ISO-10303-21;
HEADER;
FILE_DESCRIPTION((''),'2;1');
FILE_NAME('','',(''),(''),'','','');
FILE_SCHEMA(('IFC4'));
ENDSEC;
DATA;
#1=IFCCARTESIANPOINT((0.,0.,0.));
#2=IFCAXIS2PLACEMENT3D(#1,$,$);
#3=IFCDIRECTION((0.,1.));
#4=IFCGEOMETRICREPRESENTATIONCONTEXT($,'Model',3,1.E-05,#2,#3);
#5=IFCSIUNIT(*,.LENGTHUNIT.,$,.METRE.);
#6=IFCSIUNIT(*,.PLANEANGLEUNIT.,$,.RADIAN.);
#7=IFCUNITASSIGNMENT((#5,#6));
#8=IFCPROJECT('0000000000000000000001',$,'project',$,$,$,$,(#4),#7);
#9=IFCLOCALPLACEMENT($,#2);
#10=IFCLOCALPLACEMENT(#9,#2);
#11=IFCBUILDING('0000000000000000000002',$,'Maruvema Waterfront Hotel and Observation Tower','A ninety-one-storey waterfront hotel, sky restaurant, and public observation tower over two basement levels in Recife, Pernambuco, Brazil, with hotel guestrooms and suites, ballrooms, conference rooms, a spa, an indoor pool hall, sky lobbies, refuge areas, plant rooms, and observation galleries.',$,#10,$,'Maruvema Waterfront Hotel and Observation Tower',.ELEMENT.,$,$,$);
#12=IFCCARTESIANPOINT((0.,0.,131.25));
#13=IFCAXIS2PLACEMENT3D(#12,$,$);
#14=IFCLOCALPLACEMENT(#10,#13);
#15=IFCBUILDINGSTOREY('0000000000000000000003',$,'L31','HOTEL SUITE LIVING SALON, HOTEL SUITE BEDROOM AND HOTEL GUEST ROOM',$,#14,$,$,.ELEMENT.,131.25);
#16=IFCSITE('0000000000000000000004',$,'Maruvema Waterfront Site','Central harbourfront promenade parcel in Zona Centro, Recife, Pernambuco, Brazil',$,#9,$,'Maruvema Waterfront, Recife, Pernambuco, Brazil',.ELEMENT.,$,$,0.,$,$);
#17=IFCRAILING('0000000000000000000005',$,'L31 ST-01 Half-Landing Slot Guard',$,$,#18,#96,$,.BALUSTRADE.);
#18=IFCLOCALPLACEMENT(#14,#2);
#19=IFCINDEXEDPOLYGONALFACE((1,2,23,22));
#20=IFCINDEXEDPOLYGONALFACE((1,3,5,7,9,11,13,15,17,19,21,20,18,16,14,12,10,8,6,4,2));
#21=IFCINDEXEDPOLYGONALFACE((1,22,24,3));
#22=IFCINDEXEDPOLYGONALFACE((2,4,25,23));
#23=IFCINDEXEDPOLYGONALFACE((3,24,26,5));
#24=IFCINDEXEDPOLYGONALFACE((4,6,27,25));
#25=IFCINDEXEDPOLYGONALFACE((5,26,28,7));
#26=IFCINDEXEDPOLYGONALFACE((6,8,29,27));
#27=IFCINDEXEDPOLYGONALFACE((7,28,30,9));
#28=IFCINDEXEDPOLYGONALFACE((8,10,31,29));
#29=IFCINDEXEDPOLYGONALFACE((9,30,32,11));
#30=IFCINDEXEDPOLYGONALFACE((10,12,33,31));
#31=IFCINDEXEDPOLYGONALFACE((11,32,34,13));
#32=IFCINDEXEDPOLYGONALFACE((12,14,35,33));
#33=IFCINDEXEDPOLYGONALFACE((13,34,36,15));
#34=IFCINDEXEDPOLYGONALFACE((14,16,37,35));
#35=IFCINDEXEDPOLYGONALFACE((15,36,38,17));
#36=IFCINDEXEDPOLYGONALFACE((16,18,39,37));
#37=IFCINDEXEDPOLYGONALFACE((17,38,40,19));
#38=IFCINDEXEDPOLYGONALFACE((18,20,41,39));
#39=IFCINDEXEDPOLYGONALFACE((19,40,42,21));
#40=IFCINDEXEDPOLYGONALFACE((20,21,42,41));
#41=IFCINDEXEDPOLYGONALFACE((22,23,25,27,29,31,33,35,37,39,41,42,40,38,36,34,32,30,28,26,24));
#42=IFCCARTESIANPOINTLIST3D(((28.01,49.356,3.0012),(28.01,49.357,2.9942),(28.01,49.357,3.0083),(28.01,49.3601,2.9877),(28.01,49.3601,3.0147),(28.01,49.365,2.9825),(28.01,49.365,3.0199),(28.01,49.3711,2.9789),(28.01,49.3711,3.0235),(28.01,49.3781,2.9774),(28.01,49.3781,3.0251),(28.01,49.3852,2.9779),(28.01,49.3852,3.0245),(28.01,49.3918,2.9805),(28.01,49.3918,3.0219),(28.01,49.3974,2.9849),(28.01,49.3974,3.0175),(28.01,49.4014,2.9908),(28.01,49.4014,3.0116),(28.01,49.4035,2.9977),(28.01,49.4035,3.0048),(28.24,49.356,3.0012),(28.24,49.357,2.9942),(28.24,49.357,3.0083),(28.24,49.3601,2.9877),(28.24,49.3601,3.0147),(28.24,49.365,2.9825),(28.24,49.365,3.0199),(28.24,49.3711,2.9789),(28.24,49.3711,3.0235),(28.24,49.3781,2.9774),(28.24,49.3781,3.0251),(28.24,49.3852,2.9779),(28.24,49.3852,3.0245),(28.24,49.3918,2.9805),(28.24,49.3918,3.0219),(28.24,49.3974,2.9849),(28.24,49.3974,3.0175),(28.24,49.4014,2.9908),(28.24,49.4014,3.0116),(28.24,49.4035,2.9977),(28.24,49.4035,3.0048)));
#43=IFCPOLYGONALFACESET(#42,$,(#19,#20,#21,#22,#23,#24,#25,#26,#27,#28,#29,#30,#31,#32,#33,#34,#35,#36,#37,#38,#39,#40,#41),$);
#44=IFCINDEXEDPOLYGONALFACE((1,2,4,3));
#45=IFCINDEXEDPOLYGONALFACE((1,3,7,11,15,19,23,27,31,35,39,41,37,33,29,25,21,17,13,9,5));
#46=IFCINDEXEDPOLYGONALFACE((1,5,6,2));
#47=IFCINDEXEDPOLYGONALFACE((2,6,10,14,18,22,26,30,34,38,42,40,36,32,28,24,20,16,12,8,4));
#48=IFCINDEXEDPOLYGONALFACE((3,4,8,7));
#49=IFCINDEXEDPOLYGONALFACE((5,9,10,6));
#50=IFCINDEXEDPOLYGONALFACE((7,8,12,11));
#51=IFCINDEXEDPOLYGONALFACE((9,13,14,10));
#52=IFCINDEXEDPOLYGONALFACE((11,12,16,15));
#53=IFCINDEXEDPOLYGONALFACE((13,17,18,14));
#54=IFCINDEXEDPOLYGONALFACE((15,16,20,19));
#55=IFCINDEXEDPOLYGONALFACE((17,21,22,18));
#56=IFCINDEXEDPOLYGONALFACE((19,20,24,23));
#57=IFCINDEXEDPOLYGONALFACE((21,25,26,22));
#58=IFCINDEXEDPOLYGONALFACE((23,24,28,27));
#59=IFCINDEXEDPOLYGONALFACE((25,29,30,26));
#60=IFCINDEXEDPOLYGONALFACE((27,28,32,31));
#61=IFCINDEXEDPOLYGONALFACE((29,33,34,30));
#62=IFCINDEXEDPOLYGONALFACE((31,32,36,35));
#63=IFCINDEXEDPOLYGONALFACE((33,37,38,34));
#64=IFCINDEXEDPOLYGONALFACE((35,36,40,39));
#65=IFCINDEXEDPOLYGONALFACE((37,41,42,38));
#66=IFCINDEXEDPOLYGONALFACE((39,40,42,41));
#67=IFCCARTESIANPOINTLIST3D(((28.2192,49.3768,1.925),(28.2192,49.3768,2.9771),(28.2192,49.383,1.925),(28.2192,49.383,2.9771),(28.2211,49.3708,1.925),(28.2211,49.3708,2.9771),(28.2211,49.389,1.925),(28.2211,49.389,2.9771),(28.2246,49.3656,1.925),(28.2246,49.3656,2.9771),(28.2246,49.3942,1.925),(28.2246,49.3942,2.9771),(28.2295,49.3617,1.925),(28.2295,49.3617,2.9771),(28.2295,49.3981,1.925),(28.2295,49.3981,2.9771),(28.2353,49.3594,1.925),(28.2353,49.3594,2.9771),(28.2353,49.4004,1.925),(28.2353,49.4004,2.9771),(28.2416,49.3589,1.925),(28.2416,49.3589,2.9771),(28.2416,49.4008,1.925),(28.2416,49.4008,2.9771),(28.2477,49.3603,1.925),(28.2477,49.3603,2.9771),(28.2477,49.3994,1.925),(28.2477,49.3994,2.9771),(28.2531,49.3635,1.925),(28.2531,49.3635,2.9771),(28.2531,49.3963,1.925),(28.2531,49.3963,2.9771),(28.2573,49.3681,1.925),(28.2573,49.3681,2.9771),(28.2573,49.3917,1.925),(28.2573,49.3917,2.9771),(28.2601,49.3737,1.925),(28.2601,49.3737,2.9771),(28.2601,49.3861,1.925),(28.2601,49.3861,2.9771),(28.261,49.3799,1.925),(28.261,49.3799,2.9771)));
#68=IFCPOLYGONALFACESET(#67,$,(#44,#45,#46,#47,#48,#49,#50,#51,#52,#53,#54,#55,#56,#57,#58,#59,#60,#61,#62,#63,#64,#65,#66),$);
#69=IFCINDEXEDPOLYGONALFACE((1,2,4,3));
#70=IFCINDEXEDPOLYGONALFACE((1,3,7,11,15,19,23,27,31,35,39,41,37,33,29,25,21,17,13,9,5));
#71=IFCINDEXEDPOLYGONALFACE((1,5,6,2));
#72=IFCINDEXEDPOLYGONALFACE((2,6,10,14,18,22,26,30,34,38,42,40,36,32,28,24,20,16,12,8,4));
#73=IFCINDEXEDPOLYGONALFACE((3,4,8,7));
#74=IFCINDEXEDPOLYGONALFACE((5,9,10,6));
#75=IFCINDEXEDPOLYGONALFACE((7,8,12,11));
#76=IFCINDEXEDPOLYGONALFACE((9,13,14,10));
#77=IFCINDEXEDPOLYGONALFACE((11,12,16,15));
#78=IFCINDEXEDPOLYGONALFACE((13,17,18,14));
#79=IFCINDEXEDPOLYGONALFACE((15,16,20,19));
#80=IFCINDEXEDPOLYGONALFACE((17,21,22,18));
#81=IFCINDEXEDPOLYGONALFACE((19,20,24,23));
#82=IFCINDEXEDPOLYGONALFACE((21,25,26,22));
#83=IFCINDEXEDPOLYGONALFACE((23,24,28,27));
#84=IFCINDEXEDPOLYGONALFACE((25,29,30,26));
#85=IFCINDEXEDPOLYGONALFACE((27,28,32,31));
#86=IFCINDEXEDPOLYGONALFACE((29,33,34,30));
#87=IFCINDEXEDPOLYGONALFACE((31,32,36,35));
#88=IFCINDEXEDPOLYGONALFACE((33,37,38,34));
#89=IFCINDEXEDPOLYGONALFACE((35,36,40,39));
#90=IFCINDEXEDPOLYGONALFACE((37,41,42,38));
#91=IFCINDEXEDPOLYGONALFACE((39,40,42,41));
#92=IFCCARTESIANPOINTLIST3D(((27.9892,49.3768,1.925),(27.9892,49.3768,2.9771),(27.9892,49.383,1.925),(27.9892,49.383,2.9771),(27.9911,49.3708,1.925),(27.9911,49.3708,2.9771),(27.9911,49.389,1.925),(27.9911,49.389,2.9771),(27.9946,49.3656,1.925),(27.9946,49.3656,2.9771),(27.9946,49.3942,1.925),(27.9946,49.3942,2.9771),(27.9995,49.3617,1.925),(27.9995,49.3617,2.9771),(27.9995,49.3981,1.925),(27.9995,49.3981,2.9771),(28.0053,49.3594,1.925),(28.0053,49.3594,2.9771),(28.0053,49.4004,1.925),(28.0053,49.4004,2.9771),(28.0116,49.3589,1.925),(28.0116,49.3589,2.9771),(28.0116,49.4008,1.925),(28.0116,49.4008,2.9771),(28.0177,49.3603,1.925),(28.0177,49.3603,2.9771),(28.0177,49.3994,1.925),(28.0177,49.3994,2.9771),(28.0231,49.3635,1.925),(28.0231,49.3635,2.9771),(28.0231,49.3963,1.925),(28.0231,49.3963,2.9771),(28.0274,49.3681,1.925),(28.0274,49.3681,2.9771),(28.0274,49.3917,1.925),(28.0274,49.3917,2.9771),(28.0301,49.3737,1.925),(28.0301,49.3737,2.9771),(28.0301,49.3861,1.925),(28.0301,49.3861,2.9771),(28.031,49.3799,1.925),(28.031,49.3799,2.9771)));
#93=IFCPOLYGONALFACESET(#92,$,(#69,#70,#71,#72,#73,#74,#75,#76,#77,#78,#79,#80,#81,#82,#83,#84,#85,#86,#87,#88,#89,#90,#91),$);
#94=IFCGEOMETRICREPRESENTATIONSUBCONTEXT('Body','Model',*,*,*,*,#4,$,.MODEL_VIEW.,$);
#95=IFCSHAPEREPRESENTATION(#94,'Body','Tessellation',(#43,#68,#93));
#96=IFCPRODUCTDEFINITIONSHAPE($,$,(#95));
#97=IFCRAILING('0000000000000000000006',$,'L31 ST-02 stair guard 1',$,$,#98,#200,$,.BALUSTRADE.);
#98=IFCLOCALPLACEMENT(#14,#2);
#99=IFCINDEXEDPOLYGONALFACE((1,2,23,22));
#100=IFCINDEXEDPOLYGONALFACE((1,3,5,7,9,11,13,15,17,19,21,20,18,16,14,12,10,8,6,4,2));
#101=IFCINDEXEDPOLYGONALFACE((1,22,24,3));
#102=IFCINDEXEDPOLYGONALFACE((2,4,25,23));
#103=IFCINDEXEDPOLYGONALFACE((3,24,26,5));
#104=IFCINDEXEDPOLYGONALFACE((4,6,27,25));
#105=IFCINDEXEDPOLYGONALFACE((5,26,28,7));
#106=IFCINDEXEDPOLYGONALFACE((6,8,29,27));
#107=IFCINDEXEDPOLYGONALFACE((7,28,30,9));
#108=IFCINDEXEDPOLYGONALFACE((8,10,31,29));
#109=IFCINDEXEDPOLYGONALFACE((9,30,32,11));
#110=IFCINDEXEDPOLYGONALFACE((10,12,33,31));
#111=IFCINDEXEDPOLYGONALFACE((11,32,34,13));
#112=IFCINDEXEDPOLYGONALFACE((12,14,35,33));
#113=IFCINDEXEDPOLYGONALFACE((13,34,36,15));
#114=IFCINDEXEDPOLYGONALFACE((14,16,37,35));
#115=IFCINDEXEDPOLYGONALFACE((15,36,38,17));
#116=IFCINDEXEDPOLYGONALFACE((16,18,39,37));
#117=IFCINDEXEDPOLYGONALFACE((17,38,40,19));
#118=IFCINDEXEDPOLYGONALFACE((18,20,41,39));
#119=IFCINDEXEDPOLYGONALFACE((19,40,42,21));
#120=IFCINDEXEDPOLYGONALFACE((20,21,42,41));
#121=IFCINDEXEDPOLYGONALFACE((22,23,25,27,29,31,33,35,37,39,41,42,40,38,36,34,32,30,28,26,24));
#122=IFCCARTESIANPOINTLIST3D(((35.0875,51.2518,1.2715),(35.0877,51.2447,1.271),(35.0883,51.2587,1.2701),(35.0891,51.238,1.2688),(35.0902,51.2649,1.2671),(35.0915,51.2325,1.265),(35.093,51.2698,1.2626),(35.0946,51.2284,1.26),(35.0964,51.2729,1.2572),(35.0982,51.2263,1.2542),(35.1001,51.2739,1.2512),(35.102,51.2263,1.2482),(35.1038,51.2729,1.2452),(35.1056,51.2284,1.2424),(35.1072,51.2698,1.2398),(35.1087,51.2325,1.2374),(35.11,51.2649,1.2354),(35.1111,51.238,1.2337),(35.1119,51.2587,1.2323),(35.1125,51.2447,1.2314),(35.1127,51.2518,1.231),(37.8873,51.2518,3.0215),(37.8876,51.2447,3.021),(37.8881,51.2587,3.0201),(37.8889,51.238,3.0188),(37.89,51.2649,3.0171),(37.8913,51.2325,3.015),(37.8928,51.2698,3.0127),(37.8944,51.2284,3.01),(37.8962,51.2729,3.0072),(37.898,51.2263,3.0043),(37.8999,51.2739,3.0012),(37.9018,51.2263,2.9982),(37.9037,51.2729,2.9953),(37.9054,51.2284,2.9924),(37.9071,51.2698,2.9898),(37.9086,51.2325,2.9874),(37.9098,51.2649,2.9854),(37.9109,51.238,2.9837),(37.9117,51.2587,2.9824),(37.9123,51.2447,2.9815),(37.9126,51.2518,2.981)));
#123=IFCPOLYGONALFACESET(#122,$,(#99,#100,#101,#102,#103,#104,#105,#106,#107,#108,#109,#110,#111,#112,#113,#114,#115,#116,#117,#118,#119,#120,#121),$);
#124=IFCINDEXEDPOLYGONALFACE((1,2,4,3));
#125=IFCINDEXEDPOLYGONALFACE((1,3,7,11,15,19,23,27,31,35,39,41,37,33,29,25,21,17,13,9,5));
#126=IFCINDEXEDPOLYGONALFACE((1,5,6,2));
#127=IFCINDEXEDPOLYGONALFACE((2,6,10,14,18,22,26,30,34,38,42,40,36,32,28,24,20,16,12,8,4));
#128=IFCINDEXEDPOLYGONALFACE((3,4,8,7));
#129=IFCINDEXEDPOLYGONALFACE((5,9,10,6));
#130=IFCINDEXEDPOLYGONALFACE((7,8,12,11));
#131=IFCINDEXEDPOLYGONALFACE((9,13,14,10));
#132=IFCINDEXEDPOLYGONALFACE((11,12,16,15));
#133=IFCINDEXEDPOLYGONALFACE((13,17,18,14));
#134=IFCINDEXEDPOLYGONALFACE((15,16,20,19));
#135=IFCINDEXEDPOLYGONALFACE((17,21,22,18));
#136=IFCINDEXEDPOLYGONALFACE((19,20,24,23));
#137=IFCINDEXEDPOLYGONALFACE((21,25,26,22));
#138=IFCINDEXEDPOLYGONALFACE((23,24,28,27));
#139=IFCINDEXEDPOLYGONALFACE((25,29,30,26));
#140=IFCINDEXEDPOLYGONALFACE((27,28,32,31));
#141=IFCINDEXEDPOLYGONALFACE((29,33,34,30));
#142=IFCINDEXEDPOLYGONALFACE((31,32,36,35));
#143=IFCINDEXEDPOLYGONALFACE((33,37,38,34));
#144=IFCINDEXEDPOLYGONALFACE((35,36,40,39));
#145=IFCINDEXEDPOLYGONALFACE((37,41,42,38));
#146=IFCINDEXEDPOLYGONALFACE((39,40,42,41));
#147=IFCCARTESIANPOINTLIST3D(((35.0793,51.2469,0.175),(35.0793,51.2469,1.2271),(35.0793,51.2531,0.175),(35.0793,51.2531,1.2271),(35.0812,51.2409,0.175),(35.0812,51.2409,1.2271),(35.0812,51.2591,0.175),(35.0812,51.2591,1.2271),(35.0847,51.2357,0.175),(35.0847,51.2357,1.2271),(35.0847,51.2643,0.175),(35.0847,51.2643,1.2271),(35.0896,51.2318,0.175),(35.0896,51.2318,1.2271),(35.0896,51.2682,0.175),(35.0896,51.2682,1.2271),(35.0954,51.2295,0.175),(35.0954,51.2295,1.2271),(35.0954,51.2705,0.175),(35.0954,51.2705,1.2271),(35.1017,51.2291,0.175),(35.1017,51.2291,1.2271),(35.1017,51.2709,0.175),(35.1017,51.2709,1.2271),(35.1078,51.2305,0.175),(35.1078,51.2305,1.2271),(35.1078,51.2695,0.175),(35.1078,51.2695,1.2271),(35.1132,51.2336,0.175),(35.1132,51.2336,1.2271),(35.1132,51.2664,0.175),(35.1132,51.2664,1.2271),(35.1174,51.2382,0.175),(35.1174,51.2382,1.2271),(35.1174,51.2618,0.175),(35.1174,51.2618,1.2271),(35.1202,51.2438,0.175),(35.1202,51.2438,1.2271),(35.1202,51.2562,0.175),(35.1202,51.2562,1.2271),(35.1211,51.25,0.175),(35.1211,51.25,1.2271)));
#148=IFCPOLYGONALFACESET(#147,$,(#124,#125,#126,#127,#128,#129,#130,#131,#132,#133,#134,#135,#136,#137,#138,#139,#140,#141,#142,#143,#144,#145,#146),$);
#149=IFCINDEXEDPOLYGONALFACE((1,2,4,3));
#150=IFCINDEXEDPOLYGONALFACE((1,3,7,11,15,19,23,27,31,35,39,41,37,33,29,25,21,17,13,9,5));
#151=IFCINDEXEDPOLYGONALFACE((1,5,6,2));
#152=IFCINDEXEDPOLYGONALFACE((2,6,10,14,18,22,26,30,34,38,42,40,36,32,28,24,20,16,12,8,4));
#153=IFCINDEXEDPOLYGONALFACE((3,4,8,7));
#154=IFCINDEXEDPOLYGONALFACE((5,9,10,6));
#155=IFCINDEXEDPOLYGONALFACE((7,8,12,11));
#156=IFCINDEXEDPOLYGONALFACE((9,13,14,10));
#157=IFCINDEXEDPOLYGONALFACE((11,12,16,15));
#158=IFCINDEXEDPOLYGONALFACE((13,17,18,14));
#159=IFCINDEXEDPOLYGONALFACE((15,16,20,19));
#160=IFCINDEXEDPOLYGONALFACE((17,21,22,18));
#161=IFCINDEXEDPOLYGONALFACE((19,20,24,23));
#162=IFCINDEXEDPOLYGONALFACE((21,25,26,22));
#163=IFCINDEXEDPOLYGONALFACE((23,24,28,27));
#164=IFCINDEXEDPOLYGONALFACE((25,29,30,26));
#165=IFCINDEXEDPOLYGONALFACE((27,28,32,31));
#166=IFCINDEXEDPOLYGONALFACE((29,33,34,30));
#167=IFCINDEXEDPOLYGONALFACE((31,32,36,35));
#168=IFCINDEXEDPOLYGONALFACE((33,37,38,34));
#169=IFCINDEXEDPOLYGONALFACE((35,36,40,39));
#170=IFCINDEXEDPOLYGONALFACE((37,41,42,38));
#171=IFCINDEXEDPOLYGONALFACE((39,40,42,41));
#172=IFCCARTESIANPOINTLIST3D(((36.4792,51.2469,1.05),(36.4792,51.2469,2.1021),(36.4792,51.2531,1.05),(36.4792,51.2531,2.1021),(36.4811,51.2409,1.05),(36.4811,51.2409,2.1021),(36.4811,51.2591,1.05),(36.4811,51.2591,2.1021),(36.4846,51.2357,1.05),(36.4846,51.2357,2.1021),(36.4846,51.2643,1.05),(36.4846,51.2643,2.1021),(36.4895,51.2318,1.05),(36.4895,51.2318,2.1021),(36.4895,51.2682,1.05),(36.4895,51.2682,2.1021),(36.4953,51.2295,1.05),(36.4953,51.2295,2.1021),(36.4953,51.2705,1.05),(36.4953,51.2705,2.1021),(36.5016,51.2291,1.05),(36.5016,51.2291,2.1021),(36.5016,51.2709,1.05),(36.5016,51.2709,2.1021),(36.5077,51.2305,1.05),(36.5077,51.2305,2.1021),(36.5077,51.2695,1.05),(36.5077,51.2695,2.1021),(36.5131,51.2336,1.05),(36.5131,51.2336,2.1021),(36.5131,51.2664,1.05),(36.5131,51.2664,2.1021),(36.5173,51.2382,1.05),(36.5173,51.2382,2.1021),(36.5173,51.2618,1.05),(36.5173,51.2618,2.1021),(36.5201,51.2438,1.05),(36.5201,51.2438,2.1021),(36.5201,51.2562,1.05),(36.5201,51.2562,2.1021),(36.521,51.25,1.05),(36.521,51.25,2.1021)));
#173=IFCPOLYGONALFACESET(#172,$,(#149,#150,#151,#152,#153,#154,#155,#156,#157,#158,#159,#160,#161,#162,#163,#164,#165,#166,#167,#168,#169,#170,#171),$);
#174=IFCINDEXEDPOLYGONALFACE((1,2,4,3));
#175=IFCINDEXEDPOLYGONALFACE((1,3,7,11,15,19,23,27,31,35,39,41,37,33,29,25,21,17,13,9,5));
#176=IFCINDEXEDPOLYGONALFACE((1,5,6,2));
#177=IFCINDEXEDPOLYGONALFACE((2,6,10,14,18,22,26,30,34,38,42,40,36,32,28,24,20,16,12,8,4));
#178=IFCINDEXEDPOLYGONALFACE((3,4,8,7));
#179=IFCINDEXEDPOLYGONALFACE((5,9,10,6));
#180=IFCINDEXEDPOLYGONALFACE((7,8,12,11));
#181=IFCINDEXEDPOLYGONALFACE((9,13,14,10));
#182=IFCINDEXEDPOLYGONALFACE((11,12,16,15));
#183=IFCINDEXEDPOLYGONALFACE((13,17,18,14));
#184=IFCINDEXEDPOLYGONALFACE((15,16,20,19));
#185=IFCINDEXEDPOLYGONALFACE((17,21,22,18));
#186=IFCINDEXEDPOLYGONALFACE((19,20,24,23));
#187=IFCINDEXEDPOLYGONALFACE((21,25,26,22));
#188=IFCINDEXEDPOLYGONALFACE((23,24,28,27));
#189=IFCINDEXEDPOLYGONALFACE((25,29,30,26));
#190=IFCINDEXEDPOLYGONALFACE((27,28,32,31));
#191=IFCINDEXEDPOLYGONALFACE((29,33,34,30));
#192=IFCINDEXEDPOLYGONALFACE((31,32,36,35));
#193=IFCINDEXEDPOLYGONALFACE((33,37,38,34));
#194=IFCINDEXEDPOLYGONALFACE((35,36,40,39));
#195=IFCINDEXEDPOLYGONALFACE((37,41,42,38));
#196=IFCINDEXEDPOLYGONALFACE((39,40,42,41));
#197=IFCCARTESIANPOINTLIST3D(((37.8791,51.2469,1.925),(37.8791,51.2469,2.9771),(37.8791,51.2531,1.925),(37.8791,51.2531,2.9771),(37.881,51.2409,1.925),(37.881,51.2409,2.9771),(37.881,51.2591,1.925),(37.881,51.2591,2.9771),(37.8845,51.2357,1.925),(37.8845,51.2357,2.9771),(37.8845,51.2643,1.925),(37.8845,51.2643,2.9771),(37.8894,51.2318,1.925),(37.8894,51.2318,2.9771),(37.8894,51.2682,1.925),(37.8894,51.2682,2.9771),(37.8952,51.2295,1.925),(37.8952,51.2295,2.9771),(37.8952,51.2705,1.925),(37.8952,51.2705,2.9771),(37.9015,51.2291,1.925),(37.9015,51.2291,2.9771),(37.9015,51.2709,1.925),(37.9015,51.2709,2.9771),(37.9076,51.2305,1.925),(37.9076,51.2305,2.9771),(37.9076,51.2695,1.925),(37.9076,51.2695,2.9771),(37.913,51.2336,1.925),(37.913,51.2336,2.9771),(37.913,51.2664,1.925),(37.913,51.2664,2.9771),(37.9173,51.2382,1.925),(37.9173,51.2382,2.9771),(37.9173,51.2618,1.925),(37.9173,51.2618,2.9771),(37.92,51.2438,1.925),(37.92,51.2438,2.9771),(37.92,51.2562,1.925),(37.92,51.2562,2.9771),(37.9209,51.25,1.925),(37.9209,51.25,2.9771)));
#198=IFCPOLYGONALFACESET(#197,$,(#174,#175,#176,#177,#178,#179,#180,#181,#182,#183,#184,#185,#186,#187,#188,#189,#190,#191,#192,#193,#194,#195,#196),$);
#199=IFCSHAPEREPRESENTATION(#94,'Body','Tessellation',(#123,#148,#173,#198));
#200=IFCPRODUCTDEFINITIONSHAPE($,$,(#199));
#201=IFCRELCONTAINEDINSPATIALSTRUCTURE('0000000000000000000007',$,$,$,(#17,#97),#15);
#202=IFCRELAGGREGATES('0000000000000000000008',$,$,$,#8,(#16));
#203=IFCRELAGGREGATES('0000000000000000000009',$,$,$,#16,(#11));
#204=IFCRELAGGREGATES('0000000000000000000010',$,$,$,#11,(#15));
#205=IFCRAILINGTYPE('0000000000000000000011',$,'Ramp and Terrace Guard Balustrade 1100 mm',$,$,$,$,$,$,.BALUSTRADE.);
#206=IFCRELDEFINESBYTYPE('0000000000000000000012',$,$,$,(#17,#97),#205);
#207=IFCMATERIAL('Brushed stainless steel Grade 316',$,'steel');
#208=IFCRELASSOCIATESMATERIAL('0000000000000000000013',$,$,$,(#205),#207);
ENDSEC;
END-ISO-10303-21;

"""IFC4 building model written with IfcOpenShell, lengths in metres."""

from ifc_helpers import new_model, si_unit, direction, frame, origin, origin_2d, place, context, subcontext, project, spatial, circle, extrude, material, type_object, element, save


model = new_model("IFC4")

# Units and contexts
model_context = context("Model", 3, precision=1e-05, world=origin(), true_north=direction((0.0, 1.0)))
body_context = subcontext(model_context, "Body", "Model", "MODEL_VIEW")
ifc_project = project(units=[si_unit("LENGTHUNIT", "METRE"), si_unit("PLANEANGLEUNIT", "RADIAN")], contexts=[model_context])

# Site, building, storey
site_placement = place(None, origin())
site = spatial("IfcSite", under=ifc_project, at=site_placement, Name="Maruvema Waterfront Site", Description="Central harbourfront promenade parcel in Zona Centro, Recife, Pernambuco, Brazil", LongName="Maruvema Waterfront, Recife, Pernambuco, Brazil", CompositionType="ELEMENT", RefElevation=0.0)
building_placement = place(site_placement, origin())
building = spatial("IfcBuilding", under=site, at=building_placement, Name="Maruvema Waterfront Hotel and Observation Tower", Description="A ninety-one-storey waterfront hotel, sky restaurant, and public observation tower over two basement levels in Recife, Pernambuco, Brazil, with hotel guestrooms and suites, ballrooms, conference rooms, a spa, an indoor pool hall, sky lobbies, refuge areas, plant rooms, and observation galleries.", LongName="Maruvema Waterfront Hotel and Observation Tower", CompositionType="ELEMENT")
storey_placement = place(building_placement, frame((0.0, 0.0, 131.25)))
storey = spatial("IfcBuildingStorey", under=building, at=storey_placement, Name="L31", Description="HOTEL SUITE LIVING SALON, HOTEL SUITE BEDROOM AND HOTEL GUEST ROOM", CompositionType="ELEMENT", Elevation=131.25)

# Railings
ifc_material_1 = material(Name="Brushed stainless steel Grade 316", Category="steel")
railing_type_1 = type_object("IfcRailingType", Name="Ramp and Terrace Guard Balustrade 1100 mm", PredefinedType="BALUSTRADE", material=ifc_material_1)
railing_1_placement = place(storey_placement, frame((28.24, 49.3799, 1.925)))
element("IfcRailing", 1, at=railing_1_placement, inside=storey, type_object=railing_type_1, Name="L31 ST-01 Half-Landing Slot Guard", PredefinedType="BALUSTRADE", context=body_context, shape_type="SweptSolid", body=[
    extrude(circle(Radius=0.0239, at=origin_2d()), frame((0.0, 0.0, 1.0762), z_axis=(-1.0, 0.0, 0.0), x_axis=(0.0, -1.0, 0.0)), (0.0, 0.0, 1.0), 0.23),
    extrude(circle(Radius=0.021, at=origin_2d()), origin(), (0.0, 0.0, 1.0), 1.052),
    extrude(circle(Radius=0.021, at=origin_2d()), frame((-0.23, 0.0, 0.0)), (0.0, 0.0, 1.0), 1.052),
])
railing_2_placement = place(storey_placement, frame((35.1001, 51.25, 0.175)))
element("IfcRailing", 2, at=railing_2_placement, inside=storey, type_object=railing_type_1, Name="L31 ST-02 stair guard 1", PredefinedType="BALUSTRADE", context=body_context, shape_type="SweptSolid", body=[
    extrude(circle(Radius=0.0239, at=origin_2d()), frame((0.0, 0.0, 1.0762), z_axis=(0.847982, 0.0, 0.530026), x_axis=(0.0, 1.0, 0.0)), (0.0, 0.0, 1.0), 3.3018),
    extrude(circle(Radius=0.021, at=origin_2d()), origin(), (0.0, 0.0, 1.0), 1.052),
    extrude(circle(Radius=0.021, at=origin_2d()), frame((1.3999, 0.0, 0.875)), (0.0, 0.0, 1.0), 1.052),
    extrude(circle(Radius=0.021, at=origin_2d()), frame((2.7998, 0.0, 1.75)), (0.0, 0.0, 1.0), 1.052),
])

save(model, "model.ifc")
